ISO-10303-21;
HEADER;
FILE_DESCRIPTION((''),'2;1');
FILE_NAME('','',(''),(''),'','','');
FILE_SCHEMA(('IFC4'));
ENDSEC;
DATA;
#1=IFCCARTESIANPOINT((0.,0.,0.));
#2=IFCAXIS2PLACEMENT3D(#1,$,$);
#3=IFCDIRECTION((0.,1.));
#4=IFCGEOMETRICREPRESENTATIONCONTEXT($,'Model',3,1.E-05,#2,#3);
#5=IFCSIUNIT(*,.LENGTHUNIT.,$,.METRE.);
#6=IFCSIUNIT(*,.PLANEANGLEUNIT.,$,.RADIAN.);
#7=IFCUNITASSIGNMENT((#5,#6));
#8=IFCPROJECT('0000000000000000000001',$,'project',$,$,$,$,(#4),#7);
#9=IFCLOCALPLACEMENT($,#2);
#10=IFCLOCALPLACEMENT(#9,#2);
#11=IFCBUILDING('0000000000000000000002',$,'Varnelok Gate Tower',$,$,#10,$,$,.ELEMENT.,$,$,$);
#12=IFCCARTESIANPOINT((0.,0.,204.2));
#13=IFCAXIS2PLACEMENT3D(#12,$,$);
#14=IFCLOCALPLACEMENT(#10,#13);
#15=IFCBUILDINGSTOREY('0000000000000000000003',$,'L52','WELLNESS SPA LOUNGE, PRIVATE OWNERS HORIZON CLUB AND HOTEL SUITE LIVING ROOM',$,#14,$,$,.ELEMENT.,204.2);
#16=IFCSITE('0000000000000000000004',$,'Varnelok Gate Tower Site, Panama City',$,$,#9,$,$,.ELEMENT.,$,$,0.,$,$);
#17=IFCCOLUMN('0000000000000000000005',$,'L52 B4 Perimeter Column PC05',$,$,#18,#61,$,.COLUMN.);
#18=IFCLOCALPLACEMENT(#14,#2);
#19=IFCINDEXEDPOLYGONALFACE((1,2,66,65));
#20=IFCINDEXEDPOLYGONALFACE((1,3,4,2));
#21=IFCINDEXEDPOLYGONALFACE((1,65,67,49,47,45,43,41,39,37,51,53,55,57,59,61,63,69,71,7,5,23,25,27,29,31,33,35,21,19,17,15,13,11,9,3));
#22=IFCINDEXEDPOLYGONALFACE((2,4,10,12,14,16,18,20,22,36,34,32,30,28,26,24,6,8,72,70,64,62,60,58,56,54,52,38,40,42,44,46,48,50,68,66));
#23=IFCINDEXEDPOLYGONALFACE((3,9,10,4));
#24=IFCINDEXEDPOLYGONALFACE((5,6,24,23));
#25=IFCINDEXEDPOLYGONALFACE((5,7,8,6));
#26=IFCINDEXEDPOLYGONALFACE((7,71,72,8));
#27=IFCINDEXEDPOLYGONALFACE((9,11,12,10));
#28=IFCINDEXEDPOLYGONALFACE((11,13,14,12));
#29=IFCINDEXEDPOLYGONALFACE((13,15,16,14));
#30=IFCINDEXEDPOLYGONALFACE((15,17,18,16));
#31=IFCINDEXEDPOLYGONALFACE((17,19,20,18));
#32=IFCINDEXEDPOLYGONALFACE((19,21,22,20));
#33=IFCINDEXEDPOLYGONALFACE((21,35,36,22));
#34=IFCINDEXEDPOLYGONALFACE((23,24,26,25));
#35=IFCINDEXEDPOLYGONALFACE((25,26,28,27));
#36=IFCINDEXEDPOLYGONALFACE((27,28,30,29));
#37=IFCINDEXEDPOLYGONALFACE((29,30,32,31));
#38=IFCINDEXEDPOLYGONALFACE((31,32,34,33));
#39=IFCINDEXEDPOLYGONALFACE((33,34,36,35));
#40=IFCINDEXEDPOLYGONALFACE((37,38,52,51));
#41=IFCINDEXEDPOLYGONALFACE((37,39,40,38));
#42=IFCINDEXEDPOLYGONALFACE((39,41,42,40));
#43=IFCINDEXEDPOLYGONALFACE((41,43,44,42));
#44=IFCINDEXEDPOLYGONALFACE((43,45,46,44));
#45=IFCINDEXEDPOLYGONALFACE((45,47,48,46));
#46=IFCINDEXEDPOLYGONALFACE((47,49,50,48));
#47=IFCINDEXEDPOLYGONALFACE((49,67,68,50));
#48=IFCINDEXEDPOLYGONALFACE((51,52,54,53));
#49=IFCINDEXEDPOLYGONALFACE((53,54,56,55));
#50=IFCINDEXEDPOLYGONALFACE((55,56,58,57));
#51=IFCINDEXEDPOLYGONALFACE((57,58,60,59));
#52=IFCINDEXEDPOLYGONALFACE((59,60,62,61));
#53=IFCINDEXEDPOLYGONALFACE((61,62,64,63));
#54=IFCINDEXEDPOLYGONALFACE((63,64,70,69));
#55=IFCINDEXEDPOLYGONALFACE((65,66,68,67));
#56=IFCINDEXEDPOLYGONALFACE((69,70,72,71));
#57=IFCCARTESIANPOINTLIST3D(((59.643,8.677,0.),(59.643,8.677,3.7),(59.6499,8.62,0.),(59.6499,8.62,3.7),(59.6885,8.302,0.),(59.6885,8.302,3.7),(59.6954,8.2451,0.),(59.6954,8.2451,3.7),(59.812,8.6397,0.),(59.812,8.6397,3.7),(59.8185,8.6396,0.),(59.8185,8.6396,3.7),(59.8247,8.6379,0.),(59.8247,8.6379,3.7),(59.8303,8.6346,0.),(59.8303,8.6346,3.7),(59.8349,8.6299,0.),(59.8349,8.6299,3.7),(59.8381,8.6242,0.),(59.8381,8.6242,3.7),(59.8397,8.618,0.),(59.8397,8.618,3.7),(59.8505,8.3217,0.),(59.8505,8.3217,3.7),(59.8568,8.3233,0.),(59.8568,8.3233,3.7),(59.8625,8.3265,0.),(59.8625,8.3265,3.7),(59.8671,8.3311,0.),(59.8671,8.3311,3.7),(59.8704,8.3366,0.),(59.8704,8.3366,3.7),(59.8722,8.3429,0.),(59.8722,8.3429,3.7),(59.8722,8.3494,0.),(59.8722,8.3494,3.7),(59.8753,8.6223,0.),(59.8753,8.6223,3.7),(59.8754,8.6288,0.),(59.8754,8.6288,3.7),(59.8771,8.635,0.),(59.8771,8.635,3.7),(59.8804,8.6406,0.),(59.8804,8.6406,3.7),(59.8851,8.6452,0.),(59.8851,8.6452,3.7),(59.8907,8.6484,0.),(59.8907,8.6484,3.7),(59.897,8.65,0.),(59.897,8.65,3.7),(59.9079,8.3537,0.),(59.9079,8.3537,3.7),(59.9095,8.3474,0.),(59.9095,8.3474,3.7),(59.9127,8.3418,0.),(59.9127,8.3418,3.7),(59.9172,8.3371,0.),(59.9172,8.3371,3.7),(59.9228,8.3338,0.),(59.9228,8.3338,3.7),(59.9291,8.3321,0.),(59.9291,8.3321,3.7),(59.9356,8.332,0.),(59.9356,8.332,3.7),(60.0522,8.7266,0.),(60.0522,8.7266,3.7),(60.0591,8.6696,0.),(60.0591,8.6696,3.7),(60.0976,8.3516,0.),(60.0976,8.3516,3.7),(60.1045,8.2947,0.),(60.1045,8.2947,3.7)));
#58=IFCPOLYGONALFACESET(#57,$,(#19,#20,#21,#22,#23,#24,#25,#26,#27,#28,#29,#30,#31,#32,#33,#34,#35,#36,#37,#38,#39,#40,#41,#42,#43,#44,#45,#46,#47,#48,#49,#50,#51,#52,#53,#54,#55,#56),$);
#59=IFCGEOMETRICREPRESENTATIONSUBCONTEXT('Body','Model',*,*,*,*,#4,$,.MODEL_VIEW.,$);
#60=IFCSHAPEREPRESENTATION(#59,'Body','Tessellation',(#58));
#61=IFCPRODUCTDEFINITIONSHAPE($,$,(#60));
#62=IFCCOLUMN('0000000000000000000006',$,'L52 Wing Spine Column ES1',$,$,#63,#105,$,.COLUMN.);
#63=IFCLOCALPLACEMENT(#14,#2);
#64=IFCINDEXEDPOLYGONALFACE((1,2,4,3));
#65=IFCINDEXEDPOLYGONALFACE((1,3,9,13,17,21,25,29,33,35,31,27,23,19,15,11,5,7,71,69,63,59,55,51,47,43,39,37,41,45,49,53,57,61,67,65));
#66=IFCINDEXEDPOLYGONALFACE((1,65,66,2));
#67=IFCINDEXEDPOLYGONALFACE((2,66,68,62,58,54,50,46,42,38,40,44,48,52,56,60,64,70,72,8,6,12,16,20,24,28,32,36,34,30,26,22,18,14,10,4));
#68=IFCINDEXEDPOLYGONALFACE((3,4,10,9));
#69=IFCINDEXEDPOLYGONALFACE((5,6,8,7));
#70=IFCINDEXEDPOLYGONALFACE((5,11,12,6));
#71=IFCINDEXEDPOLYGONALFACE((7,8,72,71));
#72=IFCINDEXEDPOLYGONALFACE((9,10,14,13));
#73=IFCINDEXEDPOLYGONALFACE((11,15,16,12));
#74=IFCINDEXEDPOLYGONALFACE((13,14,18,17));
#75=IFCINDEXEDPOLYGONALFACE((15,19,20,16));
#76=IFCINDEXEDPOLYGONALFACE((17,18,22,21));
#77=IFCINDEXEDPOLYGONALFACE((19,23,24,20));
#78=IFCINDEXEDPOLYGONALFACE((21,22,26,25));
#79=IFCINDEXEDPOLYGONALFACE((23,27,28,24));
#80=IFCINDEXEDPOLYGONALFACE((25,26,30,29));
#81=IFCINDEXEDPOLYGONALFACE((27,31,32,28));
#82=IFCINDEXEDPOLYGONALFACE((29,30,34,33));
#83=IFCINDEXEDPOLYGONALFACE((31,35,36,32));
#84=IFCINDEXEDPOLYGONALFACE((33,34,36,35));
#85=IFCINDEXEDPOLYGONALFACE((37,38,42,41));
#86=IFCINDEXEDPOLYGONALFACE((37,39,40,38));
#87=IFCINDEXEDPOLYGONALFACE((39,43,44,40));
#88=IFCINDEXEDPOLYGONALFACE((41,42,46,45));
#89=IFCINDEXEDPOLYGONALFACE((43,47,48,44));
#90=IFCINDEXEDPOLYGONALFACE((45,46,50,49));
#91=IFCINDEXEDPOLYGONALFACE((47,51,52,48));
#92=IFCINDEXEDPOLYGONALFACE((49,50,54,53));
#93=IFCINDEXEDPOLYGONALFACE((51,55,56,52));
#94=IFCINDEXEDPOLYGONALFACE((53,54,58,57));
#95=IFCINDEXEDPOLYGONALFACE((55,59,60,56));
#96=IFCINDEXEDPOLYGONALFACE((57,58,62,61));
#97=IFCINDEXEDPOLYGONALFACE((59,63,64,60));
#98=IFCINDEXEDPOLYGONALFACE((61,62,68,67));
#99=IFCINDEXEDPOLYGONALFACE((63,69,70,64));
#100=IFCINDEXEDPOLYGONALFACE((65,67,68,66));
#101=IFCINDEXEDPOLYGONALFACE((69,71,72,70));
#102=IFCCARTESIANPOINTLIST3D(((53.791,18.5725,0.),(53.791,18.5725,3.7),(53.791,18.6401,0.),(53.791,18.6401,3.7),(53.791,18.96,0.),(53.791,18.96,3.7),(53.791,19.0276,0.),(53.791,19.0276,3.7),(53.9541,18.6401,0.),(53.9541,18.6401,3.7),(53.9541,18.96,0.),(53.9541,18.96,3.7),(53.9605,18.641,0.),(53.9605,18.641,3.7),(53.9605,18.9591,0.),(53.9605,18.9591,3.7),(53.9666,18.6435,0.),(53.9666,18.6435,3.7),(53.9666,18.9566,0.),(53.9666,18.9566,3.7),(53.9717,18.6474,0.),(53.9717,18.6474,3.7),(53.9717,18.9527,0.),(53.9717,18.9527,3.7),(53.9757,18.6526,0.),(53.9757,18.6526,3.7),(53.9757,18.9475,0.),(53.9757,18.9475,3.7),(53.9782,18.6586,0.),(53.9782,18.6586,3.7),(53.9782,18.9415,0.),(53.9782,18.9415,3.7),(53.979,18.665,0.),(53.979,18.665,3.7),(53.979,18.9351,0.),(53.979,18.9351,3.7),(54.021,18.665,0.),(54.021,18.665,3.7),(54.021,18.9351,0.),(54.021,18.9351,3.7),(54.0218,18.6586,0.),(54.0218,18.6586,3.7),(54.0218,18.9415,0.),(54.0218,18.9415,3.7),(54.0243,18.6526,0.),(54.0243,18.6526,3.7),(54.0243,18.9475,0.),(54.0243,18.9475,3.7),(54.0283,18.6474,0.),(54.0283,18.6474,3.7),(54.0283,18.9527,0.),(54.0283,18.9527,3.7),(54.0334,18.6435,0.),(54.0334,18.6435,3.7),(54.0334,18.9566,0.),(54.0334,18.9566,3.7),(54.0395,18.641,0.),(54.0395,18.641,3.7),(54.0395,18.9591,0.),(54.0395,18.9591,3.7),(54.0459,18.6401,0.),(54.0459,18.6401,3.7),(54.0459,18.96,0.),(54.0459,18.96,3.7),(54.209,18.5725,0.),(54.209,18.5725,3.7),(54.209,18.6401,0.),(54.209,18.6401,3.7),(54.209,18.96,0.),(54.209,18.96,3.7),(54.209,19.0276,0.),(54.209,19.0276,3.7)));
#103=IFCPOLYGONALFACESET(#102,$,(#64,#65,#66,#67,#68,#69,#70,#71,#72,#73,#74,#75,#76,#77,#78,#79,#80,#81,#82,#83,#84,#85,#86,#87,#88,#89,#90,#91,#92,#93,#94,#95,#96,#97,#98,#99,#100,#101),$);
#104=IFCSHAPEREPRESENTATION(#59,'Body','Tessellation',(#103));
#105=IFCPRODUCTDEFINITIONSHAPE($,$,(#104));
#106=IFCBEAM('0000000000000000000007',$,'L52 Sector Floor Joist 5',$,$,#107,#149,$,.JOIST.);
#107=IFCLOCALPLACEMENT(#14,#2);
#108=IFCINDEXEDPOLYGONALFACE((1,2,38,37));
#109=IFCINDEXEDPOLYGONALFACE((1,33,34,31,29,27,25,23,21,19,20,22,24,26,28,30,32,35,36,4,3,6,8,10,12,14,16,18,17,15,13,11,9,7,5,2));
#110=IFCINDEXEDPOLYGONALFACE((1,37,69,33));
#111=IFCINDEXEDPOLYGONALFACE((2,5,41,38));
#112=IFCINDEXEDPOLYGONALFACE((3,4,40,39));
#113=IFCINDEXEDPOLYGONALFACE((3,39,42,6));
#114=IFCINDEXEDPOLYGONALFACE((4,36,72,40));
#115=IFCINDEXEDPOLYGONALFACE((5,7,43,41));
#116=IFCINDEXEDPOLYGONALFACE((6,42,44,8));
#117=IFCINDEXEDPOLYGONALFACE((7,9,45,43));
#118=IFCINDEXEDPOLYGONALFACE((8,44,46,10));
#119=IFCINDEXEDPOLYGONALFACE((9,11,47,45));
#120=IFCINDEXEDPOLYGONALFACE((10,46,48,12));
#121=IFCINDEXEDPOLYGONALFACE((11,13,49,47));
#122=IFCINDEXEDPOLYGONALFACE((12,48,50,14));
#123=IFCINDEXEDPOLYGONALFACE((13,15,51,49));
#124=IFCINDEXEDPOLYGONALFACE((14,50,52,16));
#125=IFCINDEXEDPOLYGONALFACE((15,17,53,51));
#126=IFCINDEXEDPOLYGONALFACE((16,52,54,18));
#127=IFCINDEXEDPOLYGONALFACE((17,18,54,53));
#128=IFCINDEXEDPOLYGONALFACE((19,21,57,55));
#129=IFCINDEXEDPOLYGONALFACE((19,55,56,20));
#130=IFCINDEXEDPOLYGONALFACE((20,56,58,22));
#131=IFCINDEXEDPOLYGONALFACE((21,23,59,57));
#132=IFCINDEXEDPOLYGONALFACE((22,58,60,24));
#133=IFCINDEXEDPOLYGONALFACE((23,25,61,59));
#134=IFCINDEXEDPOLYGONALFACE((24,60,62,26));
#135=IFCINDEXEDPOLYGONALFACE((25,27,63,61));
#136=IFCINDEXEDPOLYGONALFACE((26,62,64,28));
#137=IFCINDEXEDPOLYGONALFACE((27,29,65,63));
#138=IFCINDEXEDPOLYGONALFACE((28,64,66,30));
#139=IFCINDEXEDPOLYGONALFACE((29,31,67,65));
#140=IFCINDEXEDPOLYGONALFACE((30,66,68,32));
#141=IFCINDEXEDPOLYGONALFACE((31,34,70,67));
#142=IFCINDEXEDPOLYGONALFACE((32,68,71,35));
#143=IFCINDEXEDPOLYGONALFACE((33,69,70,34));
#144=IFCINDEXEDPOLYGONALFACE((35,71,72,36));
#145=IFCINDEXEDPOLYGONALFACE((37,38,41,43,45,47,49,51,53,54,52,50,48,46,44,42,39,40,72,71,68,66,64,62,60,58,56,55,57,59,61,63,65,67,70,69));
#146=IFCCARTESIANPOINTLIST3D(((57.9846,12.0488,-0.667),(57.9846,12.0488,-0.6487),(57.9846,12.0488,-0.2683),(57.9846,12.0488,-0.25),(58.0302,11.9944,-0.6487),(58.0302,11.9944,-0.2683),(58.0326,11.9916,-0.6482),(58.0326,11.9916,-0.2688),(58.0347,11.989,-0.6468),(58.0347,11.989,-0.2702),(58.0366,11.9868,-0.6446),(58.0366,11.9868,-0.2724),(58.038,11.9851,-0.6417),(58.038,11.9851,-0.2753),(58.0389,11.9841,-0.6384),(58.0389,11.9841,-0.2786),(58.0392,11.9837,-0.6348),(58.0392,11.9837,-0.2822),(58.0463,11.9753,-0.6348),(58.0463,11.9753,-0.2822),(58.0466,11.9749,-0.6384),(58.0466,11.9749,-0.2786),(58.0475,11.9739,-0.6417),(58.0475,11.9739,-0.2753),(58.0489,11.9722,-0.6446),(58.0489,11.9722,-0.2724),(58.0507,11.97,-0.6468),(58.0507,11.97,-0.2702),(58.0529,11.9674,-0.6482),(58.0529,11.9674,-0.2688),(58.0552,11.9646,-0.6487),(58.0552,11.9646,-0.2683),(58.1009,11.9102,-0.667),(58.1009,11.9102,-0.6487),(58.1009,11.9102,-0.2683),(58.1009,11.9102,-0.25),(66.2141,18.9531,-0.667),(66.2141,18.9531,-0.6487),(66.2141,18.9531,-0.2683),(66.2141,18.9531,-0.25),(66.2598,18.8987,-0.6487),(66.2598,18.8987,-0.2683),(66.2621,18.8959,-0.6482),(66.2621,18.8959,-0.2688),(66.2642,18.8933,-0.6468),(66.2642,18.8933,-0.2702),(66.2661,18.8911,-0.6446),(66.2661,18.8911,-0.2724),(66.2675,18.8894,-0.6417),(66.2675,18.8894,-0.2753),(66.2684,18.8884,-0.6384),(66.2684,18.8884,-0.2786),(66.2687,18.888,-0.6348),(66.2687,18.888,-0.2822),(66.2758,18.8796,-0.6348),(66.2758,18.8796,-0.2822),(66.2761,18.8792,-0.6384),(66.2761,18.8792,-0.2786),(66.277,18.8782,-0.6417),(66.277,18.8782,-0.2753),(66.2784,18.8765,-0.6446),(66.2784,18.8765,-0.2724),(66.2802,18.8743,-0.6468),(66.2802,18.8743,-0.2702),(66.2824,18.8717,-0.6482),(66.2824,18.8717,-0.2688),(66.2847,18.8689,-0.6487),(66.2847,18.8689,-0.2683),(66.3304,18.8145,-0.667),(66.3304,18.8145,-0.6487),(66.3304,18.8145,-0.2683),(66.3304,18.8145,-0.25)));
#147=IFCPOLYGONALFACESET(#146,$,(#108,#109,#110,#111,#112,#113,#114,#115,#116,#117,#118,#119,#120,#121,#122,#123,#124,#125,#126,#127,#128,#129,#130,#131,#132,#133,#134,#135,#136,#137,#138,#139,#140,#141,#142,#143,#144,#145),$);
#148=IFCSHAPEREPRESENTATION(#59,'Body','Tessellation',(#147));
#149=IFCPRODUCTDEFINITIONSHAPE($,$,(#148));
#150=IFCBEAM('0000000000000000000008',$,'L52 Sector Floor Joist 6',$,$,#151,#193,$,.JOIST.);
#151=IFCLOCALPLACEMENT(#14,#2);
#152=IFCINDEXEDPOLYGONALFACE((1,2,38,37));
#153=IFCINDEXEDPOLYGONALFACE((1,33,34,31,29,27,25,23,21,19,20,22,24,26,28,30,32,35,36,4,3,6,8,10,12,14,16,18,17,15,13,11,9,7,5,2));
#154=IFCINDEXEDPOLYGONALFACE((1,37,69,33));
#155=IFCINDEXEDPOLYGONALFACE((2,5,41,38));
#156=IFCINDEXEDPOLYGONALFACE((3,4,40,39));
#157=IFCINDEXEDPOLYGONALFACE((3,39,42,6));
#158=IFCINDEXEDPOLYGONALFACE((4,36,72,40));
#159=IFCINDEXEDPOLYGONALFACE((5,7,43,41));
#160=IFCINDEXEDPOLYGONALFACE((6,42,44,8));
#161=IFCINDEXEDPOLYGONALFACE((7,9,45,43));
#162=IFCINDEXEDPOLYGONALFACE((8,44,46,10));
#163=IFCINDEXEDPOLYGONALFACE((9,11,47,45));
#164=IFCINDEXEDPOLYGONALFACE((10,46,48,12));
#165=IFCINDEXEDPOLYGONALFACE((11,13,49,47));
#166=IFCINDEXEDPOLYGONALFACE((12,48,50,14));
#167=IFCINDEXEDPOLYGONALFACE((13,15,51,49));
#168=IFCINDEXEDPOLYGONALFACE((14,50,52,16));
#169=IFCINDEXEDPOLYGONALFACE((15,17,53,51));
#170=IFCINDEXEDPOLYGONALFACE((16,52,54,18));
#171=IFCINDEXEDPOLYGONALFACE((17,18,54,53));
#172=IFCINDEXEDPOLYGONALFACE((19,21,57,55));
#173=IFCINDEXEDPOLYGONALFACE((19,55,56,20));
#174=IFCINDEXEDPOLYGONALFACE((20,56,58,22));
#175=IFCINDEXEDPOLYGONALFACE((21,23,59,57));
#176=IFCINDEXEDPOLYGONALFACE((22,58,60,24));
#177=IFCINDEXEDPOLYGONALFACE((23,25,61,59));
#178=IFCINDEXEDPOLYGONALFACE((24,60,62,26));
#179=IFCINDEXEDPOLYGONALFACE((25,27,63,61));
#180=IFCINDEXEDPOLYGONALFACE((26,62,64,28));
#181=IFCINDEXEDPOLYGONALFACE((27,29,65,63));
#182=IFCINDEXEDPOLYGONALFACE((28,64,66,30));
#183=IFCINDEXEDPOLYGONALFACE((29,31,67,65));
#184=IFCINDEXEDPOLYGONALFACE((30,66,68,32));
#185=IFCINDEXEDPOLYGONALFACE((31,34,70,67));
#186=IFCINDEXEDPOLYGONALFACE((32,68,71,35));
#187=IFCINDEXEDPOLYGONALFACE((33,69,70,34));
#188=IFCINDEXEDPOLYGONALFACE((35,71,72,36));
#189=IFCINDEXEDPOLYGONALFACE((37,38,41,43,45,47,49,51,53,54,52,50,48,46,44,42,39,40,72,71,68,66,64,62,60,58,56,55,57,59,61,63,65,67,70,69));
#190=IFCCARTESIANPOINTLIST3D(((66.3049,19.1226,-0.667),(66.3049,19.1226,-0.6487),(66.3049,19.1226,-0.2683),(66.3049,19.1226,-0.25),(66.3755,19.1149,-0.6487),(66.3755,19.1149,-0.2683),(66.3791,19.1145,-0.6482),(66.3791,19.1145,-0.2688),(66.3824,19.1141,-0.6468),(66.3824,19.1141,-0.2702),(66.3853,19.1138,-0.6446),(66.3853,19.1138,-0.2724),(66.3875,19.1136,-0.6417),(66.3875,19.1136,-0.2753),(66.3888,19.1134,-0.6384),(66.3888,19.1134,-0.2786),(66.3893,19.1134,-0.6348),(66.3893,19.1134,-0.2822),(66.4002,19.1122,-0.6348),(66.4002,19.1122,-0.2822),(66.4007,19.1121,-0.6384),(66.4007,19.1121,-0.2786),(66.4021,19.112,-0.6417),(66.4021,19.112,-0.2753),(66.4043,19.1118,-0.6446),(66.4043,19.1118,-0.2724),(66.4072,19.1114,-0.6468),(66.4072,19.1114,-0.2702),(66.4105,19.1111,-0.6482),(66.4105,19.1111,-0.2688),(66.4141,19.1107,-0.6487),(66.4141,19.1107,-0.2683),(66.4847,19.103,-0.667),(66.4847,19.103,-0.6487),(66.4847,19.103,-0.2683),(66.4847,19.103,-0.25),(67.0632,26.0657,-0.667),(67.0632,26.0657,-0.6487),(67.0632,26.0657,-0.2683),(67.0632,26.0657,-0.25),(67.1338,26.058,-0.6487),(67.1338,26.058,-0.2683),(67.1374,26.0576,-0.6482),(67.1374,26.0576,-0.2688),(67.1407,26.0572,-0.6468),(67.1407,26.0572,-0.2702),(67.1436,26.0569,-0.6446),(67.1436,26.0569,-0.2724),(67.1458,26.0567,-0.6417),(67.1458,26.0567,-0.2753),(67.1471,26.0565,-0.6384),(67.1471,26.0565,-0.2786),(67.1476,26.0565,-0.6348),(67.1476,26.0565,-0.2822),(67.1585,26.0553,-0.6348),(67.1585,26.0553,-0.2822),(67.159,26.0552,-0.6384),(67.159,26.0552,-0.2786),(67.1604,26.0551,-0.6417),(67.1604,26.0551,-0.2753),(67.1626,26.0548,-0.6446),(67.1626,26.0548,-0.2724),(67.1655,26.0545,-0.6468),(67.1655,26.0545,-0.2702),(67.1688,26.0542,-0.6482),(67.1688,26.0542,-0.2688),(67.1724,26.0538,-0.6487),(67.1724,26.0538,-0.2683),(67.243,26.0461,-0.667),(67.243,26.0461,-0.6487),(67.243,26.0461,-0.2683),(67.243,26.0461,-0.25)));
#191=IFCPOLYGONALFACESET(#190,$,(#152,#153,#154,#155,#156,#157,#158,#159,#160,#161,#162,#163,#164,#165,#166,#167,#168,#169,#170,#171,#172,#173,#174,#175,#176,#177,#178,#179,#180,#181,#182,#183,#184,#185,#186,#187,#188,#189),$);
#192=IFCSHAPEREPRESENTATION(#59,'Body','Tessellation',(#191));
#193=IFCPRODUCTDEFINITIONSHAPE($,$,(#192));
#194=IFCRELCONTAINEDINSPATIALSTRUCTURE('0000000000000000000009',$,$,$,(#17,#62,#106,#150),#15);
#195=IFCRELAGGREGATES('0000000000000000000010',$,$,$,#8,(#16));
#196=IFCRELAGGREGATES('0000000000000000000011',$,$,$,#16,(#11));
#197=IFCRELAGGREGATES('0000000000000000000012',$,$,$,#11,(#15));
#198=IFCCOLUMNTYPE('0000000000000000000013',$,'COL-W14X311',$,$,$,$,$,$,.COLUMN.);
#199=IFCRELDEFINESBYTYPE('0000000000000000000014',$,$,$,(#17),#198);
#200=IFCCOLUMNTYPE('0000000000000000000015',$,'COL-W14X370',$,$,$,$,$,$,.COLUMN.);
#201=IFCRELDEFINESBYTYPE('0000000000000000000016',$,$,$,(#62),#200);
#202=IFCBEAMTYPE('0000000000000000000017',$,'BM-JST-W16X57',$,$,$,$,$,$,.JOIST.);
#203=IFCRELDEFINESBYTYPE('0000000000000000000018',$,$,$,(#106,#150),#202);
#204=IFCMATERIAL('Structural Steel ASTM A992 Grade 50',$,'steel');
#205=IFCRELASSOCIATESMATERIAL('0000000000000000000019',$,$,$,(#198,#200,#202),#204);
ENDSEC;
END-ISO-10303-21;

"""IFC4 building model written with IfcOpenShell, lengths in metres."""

from ifc_helpers import new_model, si_unit, direction, frame, origin, origin_2d, place, context, subcontext, project, spatial, i_section, extrude, material, material_profile, profile_set, type_object, element, save


model = new_model("IFC4")

# Units and contexts
model_context = context("Model", 3, precision=1e-05, world=origin(), true_north=direction((0.0, 1.0)))
body_context = subcontext(model_context, "Body", "Model", "MODEL_VIEW")
ifc_project = project(units=[si_unit("LENGTHUNIT", "METRE"), si_unit("PLANEANGLEUNIT", "RADIAN")], contexts=[model_context])

# Site, building, storey
site_placement = place(None, origin())
site = spatial("IfcSite", under=ifc_project, at=site_placement, Name="Varnelok Gate Tower Site, Panama City", CompositionType="ELEMENT", RefElevation=0.0)
building_placement = place(site_placement, origin())
building = spatial("IfcBuilding", under=site, at=building_placement, Name="Varnelok Gate Tower", CompositionType="ELEMENT")
storey_placement = place(building_placement, frame((0.0, 0.0, 204.2)))
storey = spatial("IfcBuildingStorey", under=building, at=storey_placement, Name="L52", Description="WELLNESS SPA LOUNGE, PRIVATE OWNERS HORIZON CLUB AND HOTEL SUITE LIVING ROOM", CompositionType="ELEMENT", Elevation=204.2)

# Columns
ifc_material_1 = material(Name="Structural Steel ASTM A992 Grade 50", Category="steel")
ifc_material_profile_1 = material_profile(ifc_material_1, i_section(OverallWidth=0.4121, OverallDepth=0.4351, WebThickness=0.0359, FlangeThickness=0.0574, FilletRadius=0.0249, at=origin_2d()), Name="W14X311")
ifc_profile_set_1 = profile_set([ifc_material_profile_1], Name="Structural Steel ASTM A992 Grade 50")
column_type_1 = type_object("IfcColumnType", Name="COL-W14X311", PredefinedType="COLUMN", material=ifc_profile_set_1)
column_1_placement = place(storey_placement, frame((59.8738, 8.4858, 0.0), z_axis=(0.0, 0.0, 1.0), x_axis=(0.992732, 0.120345, 0.0)))
element("IfcColumn", 1, at=column_1_placement, inside=storey, type_object=column_type_1, Name="L52 B4 Perimeter Column PC05", PredefinedType="COLUMN", context=body_context, shape_type="SweptSolid", body=[
    extrude(i_section(OverallWidth=0.4121, OverallDepth=0.4351, WebThickness=0.0359, FlangeThickness=0.0574, FilletRadius=0.0249, at=origin_2d()), origin(), (0.0, 0.0, 1.0), 3.7),
])
ifc_material_profile_2 = material_profile(ifc_material_1, i_section(OverallWidth=0.418, OverallDepth=0.4551, WebThickness=0.042, FlangeThickness=0.0676, FilletRadius=0.0249, at=origin_2d()), Name="W14X370")
ifc_profile_set_2 = profile_set([ifc_material_profile_2], Name="Structural Steel ASTM A992 Grade 50")
column_type_2 = type_object("IfcColumnType", Name="COL-W14X370", PredefinedType="COLUMN", material=ifc_profile_set_2)
column_2_placement = place(storey_placement, frame((54.0, 18.8, 0.0), z_axis=(0.0, 0.0, 1.0), x_axis=(1.0, 0.0, 0.0)))
element("IfcColumn", 2, at=column_2_placement, inside=storey, type_object=column_type_2, Name="L52 Wing Spine Column ES1", PredefinedType="COLUMN", context=body_context, shape_type="SweptSolid", body=[
    extrude(i_section(OverallWidth=0.418, OverallDepth=0.4551, WebThickness=0.042, FlangeThickness=0.0676, FilletRadius=0.0249, at=origin_2d()), origin(), (0.0, 0.0, 1.0), 3.7),
])

# Beams
ifc_material_profile_3 = material_profile(ifc_material_1, i_section(OverallWidth=0.1809, OverallDepth=0.417, WebThickness=0.011, FlangeThickness=0.0183, FilletRadius=0.0139, at=origin_2d()), Name="W16X57")
ifc_profile_set_3 = profile_set([ifc_material_profile_3], Name="Structural Steel ASTM A992 Grade 50")
beam_type_1 = type_object("IfcBeamType", Name="BM-JST-W16X57", PredefinedType="JOIST", material=ifc_profile_set_3)
beam_1_placement = place(storey_placement, frame((58.0427, 11.9795, -0.4585), z_axis=(0.766093, 0.642729, 0.0), x_axis=(-0.642729, 0.766093, 0.0)))
element("IfcBeam", 3, at=beam_1_placement, inside=storey, type_object=beam_type_1, Name="L52 Sector Floor Joist 5", PredefinedType="JOIST", context=body_context, shape_type="SweptSolid", body=[
    extrude(i_section(OverallWidth=0.1809, OverallDepth=0.417, WebThickness=0.011, FlangeThickness=0.0183, FilletRadius=0.0139, at=origin_2d()), origin(), (0.0, 0.0, 1.0), 10.7422),
])
beam_2_placement = place(storey_placement, frame((66.3948, 19.1128, -0.4585), z_axis=(0.108571, 0.994089, 0.0), x_axis=(-0.994089, 0.108571, 0.0)))
element("IfcBeam", 4, at=beam_2_placement, inside=storey, type_object=beam_type_1, Name="L52 Sector Floor Joist 6", PredefinedType="JOIST", context=body_context, shape_type="SweptSolid", body=[
    extrude(i_section(OverallWidth=0.1809, OverallDepth=0.417, WebThickness=0.011, FlangeThickness=0.0183, FilletRadius=0.0139, at=origin_2d()), origin(), (0.0, 0.0, 1.0), 6.9844),
])

save(model, "model.ifc")
